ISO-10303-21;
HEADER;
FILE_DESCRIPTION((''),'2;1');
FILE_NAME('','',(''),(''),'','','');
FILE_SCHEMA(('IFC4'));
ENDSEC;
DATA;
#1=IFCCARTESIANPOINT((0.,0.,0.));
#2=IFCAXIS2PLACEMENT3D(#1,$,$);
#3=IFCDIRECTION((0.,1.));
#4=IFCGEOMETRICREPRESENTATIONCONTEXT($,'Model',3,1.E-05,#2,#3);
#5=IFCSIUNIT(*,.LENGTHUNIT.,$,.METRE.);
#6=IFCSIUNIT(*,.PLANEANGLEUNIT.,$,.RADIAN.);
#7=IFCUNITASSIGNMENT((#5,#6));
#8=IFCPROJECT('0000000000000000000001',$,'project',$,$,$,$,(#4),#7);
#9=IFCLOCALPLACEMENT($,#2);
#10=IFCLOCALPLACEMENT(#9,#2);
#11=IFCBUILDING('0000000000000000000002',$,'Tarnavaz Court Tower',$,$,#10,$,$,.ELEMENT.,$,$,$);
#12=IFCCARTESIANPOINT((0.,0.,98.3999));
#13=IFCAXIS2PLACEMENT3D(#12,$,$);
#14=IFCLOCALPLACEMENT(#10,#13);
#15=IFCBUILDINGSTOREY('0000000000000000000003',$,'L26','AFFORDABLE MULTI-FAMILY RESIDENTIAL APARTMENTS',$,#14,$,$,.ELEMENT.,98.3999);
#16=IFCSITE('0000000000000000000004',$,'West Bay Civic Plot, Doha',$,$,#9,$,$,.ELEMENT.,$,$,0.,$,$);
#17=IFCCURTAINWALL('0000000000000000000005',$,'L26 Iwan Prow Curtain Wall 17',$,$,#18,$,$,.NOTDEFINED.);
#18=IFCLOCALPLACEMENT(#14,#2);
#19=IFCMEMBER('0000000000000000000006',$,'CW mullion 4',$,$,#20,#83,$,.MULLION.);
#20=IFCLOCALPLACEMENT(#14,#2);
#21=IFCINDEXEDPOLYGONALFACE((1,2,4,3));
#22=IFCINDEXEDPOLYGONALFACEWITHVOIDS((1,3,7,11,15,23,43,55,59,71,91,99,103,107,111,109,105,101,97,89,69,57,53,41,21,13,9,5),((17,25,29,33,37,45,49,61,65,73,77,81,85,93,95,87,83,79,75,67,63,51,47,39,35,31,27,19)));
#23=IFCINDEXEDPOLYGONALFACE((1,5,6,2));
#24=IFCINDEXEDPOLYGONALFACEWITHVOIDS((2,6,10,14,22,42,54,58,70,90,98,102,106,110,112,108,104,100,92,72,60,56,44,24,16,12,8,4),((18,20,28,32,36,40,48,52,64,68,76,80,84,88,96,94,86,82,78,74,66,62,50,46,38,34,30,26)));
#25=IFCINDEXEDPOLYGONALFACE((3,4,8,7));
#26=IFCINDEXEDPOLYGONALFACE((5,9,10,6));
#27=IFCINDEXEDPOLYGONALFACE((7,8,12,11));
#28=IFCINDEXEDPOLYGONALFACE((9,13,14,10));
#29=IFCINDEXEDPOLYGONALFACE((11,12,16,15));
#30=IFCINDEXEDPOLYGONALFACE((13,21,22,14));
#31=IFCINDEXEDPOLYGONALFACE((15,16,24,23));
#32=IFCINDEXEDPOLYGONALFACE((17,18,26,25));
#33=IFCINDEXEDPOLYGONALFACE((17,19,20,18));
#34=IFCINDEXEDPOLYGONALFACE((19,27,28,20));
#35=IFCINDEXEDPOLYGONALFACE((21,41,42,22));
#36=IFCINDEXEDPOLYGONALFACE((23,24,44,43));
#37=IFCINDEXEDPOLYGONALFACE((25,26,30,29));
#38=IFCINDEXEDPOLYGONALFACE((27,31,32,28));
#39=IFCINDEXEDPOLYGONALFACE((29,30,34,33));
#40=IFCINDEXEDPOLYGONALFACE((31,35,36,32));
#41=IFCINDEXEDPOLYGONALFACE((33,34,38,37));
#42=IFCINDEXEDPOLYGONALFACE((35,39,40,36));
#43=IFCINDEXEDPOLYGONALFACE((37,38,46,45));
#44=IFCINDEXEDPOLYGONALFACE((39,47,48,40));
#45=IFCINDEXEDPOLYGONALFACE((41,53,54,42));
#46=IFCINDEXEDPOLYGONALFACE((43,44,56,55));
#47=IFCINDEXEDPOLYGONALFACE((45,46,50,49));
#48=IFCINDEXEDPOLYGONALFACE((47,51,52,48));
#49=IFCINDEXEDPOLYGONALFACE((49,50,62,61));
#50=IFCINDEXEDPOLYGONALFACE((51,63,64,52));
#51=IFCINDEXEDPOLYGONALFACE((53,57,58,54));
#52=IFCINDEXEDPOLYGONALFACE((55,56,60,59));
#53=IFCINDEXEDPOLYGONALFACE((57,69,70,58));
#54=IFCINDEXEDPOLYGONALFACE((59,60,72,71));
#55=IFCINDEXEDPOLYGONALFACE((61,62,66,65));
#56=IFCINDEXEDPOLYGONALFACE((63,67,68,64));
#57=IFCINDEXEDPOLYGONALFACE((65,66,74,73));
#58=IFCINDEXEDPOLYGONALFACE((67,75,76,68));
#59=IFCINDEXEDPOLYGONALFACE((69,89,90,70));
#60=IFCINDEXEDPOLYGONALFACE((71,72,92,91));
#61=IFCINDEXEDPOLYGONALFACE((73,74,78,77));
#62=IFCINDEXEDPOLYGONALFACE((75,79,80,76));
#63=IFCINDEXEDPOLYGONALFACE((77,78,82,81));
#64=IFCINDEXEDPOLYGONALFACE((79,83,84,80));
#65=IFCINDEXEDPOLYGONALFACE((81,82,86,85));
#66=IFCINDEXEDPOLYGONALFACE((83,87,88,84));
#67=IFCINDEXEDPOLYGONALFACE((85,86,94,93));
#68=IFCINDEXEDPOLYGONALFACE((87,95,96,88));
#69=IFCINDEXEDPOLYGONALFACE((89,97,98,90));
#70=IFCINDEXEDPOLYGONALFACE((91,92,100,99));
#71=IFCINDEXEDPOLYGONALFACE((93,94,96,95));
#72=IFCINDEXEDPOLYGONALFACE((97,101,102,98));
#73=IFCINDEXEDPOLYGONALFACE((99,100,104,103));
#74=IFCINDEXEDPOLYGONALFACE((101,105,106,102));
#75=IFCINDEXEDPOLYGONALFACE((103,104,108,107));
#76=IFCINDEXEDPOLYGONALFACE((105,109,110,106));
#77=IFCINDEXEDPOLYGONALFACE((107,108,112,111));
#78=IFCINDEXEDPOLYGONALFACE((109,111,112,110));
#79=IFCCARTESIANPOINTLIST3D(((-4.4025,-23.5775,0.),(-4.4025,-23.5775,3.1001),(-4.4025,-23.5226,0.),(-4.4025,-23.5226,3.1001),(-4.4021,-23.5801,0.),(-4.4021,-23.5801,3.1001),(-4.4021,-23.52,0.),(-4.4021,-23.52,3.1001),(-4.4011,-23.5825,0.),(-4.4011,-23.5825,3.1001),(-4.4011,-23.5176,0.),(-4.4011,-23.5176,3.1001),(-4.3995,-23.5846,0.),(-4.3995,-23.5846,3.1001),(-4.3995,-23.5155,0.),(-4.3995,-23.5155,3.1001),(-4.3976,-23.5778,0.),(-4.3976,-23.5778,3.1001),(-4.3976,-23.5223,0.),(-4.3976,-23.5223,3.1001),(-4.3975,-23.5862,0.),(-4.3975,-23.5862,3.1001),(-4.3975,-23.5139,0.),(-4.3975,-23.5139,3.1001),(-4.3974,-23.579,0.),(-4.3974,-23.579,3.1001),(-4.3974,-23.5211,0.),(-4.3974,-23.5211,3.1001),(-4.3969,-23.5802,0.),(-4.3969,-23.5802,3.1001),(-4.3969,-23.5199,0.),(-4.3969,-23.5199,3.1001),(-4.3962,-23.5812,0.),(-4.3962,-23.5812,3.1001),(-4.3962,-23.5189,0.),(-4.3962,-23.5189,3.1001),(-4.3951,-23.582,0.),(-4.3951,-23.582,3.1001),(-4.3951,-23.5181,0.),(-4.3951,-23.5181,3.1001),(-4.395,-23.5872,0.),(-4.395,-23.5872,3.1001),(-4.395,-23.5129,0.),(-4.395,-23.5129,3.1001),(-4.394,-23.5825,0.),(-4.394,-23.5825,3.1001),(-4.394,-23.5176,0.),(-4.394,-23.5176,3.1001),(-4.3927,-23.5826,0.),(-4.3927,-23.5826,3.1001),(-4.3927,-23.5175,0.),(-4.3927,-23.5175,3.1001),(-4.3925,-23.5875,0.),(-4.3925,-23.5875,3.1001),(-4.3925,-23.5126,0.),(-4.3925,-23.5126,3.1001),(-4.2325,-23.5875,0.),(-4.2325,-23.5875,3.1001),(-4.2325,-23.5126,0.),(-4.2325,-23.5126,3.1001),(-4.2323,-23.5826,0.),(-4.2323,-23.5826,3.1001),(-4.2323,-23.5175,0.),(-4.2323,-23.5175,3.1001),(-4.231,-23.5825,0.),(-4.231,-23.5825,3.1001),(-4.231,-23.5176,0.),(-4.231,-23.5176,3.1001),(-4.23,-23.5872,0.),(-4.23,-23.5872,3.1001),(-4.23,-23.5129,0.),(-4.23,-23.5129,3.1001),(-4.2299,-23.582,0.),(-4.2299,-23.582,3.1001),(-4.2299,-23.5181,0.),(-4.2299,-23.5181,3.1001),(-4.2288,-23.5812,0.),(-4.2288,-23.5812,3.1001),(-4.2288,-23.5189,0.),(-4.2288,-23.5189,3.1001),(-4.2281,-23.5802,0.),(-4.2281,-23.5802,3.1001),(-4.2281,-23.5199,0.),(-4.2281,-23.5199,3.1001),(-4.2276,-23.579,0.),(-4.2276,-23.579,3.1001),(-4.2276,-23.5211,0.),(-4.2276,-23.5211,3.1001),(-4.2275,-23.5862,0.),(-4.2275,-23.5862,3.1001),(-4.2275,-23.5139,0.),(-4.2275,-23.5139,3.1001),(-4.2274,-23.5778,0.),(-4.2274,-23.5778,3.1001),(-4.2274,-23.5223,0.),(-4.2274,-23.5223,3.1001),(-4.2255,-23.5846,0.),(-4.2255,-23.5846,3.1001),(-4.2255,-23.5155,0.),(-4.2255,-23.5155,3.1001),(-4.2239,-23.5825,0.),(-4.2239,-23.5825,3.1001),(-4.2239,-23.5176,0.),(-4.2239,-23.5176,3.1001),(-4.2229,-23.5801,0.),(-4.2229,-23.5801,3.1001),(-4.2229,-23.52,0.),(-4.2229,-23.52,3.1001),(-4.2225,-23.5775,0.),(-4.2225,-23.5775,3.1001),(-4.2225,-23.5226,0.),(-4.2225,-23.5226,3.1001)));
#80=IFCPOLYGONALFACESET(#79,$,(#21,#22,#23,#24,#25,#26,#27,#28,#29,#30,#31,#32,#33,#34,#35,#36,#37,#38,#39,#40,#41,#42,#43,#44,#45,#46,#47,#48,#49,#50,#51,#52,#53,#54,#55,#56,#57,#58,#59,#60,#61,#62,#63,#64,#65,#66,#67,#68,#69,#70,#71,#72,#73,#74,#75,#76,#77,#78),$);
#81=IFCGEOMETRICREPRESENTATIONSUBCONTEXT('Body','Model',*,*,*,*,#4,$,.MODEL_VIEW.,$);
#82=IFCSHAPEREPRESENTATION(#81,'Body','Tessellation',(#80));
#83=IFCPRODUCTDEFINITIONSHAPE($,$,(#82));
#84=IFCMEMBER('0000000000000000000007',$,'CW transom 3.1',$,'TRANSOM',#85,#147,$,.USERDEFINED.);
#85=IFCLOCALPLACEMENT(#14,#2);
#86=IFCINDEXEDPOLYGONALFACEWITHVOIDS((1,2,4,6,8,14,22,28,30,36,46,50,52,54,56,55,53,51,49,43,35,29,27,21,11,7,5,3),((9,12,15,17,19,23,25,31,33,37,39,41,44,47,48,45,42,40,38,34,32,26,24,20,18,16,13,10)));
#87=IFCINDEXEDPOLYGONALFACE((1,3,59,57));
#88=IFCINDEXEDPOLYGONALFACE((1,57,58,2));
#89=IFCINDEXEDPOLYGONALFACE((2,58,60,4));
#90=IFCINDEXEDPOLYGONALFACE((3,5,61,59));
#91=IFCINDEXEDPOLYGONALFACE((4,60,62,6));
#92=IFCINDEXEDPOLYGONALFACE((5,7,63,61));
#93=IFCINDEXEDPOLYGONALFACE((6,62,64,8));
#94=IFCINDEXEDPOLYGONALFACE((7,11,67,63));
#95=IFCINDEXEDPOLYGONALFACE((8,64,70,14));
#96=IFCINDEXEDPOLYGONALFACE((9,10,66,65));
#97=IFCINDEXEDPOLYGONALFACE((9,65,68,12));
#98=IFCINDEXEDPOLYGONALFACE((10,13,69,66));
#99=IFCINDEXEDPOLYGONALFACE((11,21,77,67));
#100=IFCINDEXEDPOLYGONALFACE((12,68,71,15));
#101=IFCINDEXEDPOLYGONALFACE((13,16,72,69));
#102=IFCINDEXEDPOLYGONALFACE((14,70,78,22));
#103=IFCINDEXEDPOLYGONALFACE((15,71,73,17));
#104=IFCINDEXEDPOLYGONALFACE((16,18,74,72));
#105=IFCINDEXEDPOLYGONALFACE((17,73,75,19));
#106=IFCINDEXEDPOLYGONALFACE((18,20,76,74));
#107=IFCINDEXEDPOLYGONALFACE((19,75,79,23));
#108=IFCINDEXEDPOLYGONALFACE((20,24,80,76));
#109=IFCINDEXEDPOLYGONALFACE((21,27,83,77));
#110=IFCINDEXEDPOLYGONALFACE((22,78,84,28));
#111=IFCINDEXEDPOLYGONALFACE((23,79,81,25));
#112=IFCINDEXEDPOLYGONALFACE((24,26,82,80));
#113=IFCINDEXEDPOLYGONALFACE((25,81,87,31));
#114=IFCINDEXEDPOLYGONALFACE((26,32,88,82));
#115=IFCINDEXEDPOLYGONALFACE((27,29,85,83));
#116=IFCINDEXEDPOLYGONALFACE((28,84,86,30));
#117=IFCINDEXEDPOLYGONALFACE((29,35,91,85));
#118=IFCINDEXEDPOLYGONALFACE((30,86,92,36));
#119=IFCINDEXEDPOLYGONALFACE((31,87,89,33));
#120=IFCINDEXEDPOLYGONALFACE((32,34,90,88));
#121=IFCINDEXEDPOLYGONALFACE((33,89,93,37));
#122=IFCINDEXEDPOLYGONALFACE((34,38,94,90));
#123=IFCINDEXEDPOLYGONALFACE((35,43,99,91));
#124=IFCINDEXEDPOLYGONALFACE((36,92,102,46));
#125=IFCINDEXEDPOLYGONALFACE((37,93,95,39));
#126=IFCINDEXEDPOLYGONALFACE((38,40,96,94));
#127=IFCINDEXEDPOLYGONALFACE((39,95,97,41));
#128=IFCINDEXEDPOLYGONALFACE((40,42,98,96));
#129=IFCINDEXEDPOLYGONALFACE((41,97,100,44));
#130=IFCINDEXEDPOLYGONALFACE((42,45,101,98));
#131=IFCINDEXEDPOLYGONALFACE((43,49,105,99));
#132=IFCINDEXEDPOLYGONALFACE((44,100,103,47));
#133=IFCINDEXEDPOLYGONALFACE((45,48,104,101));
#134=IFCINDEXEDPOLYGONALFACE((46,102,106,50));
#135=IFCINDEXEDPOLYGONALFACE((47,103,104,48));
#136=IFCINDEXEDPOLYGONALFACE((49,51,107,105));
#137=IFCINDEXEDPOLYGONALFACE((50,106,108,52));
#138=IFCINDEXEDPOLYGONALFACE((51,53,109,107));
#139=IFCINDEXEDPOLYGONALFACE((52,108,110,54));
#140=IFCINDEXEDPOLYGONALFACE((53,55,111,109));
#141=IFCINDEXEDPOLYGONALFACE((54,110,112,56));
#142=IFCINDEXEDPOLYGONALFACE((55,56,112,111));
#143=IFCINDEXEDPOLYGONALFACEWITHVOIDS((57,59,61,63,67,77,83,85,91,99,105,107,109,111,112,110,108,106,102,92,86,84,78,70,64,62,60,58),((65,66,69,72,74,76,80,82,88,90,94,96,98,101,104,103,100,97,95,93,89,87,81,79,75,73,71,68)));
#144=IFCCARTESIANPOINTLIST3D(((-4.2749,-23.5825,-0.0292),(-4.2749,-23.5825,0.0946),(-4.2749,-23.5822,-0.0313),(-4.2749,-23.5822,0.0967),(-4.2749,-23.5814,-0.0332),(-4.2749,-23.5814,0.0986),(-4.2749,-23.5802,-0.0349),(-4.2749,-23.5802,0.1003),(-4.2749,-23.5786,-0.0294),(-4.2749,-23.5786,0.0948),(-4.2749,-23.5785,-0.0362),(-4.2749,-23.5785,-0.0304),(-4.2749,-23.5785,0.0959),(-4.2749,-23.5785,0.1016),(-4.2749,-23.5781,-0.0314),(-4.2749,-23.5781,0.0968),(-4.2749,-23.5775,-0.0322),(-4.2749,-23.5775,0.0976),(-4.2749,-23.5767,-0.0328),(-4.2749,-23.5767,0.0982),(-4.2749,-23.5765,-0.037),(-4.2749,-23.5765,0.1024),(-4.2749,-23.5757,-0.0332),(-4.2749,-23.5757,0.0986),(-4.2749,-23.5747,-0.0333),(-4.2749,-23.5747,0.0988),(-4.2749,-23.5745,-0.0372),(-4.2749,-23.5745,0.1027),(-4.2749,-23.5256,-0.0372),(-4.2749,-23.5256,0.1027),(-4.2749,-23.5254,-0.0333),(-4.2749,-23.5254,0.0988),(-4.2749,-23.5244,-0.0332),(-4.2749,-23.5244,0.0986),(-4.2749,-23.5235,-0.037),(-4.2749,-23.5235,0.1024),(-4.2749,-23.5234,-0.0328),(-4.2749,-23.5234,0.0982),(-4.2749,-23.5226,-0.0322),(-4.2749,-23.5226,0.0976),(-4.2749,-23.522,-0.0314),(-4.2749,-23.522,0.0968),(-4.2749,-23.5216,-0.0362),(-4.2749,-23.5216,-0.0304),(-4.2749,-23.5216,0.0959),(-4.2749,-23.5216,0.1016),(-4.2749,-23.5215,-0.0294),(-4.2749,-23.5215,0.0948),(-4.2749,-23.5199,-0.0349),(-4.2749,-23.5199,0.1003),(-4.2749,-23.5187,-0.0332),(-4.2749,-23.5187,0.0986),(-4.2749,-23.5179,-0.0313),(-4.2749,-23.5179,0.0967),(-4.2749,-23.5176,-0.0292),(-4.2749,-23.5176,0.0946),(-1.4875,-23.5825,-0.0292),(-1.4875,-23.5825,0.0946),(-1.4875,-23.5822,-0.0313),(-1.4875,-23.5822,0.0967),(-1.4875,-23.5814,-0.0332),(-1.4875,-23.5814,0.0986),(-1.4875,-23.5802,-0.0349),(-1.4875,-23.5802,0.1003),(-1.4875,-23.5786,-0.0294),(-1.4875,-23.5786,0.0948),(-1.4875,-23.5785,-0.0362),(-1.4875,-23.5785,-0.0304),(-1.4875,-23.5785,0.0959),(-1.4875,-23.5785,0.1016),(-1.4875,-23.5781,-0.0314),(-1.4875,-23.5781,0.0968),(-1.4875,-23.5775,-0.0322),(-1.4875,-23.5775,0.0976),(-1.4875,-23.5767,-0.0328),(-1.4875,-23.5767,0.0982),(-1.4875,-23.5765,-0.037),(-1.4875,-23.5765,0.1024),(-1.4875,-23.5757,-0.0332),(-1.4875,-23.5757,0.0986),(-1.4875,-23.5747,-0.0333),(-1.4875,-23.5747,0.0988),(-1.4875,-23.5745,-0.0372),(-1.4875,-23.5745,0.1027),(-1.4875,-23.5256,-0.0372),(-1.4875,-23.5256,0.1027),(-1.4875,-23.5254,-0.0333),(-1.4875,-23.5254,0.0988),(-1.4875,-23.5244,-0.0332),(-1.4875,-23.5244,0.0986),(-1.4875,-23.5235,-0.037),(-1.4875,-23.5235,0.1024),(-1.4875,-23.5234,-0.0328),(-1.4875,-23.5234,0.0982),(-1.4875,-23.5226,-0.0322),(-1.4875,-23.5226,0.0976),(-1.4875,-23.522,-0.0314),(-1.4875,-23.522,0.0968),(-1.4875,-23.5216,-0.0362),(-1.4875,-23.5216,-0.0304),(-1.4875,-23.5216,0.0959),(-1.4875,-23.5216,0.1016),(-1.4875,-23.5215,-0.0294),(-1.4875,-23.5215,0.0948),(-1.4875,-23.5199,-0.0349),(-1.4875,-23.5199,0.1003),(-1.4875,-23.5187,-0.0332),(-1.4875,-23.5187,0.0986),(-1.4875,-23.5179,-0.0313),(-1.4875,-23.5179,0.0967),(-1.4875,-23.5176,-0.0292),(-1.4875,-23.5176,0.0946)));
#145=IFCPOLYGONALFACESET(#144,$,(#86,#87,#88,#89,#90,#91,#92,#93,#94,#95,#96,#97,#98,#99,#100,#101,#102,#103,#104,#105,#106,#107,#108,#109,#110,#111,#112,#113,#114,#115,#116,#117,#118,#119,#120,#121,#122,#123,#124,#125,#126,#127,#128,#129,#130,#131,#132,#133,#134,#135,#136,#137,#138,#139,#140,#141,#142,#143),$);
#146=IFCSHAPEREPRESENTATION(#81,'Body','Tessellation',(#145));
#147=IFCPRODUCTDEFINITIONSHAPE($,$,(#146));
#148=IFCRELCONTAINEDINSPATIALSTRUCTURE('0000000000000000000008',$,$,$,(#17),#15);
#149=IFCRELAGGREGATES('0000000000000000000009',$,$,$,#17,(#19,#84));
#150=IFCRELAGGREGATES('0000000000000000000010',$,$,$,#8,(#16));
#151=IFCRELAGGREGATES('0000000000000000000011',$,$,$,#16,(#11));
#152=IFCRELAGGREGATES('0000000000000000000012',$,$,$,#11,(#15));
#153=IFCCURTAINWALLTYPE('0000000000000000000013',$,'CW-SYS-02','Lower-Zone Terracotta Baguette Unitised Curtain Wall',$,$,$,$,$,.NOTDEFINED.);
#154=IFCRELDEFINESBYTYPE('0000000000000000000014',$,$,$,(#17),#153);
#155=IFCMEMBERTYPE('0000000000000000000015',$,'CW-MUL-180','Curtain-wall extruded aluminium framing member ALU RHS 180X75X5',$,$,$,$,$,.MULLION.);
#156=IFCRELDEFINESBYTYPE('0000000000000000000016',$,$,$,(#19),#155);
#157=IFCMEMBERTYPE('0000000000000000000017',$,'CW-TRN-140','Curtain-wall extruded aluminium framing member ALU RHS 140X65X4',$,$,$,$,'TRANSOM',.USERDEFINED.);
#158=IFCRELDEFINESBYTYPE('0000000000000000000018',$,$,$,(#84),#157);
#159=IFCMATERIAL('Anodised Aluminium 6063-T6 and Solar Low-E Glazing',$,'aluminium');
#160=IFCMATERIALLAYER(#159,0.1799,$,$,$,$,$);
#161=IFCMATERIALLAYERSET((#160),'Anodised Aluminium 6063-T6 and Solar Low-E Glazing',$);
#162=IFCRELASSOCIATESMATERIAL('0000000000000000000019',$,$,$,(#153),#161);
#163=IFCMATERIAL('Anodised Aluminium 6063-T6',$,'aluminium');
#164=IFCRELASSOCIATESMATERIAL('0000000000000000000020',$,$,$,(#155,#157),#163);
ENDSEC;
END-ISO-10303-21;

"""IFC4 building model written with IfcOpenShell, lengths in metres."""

from ifc_helpers import new_model, si_unit, direction, frame, origin, origin_2d, place, context, subcontext, project, spatial, hollow_rectangle, extrude, material, layer, layer_set, material_profile, profile_set, type_object, element, aggregate, save


model = new_model("IFC4")

# Units and contexts
model_context = context("Model", 3, precision=1e-05, world=origin(), true_north=direction((0.0, 1.0)))
body_context = subcontext(model_context, "Body", "Model", "MODEL_VIEW")
ifc_project = project(units=[si_unit("LENGTHUNIT", "METRE"), si_unit("PLANEANGLEUNIT", "RADIAN")], contexts=[model_context])

# Site, building, storey
site_placement = place(None, origin())
site = spatial("IfcSite", under=ifc_project, at=site_placement, Name="West Bay Civic Plot, Doha", CompositionType="ELEMENT", RefElevation=0.0)
building_placement = place(site_placement, origin())
building = spatial("IfcBuilding", under=site, at=building_placement, Name="Tarnavaz Court Tower", CompositionType="ELEMENT")
storey_placement = place(building_placement, frame((0.0, 0.0, 98.3999)))
storey = spatial("IfcBuildingStorey", under=building, at=storey_placement, Name="L26", Description="AFFORDABLE MULTI-FAMILY RESIDENTIAL APARTMENTS", CompositionType="ELEMENT", Elevation=98.3999)

# Curtain wall, members
ifc_material_1 = material(Name="Anodised Aluminium 6063-T6 and Solar Low-E Glazing", Category="aluminium")
ifc_layer_1 = layer(ifc_material_1, 0.1799)
ifc_layer_set_1 = layer_set([ifc_layer_1], Name="Anodised Aluminium 6063-T6 and Solar Low-E Glazing")
curtain_wall_type = type_object("IfcCurtainWallType", Name="CW-SYS-02", Description="Lower-Zone Terracotta Baguette Unitised Curtain Wall", PredefinedType="NOTDEFINED", material=ifc_layer_set_1)
curtain_wall_placement = place(storey_placement, origin())
curtain_wall = element("IfcCurtainWall", 1, at=curtain_wall_placement, inside=storey, type_object=curtain_wall_type, Name="L26 Iwan Prow Curtain Wall 17", PredefinedType="NOTDEFINED")
ifc_material_2 = material(Name="Anodised Aluminium 6063-T6", Category="aluminium")
ifc_material_profile_1 = material_profile(ifc_material_2, hollow_rectangle(XDim=0.075, YDim=0.1799, WallThickness=0.0049, InnerFilletRadius=0.0049, OuterFilletRadius=0.01, at=origin_2d()), Name="ALU RHS 180X75X5")
ifc_profile_set_1 = profile_set([ifc_material_profile_1], Name="Anodised Aluminium 6063-T6")
member_type_1 = type_object("IfcMemberType", Name="CW-MUL-180", Description="Curtain-wall extruded aluminium framing member ALU RHS 180X75X5", PredefinedType="MULLION", material=ifc_profile_set_1)
member_1_placement = place(storey_placement, frame((-4.3125, -23.55, 0.0), z_axis=(0.0, 0.0, 1.0), x_axis=(0.0, -1.0, 0.0)))
member_1 = element("IfcMember", 2, at=member_1_placement, type_object=member_type_1, Name="CW mullion 4", PredefinedType="MULLION", context=body_context, shape_type="SweptSolid", body=[
    extrude(hollow_rectangle(XDim=0.075, YDim=0.1799, WallThickness=0.0049, InnerFilletRadius=0.0049, OuterFilletRadius=0.01, at=origin_2d()), origin(), (0.0, 0.0, 1.0), 3.1001),
])
ifc_material_profile_2 = material_profile(ifc_material_2, hollow_rectangle(XDim=0.0649, YDim=0.1399, WallThickness=0.0039, InnerFilletRadius=0.0039, OuterFilletRadius=0.0081, at=origin_2d()), Name="ALU RHS 140X65X4")
ifc_profile_set_2 = profile_set([ifc_material_profile_2], Name="Anodised Aluminium 6063-T6")
member_type_2 = type_object("IfcMemberType", Name="CW-TRN-140", Description="Curtain-wall extruded aluminium framing member ALU RHS 140X65X4", ElementType="TRANSOM", PredefinedType="USERDEFINED", material=ifc_profile_set_2)
member_2_placement = place(storey_placement, frame((-1.4875, -23.55, 0.0327), z_axis=(-1.0, 0.0, 0.0), x_axis=(0.0, -1.0, 0.0)))
member_2 = element("IfcMember", 3, at=member_2_placement, type_object=member_type_2, Name="CW transom 3.1", ObjectType="TRANSOM", PredefinedType="USERDEFINED", context=body_context, shape_type="SweptSolid", body=[
    extrude(hollow_rectangle(XDim=0.0649, YDim=0.1399, WallThickness=0.0039, InnerFilletRadius=0.0039, OuterFilletRadius=0.0081, at=origin_2d()), origin(), (0.0, 0.0, 1.0), 2.7874),
])
aggregate(curtain_wall, [member_1, member_2])

save(model, "model.ifc")
